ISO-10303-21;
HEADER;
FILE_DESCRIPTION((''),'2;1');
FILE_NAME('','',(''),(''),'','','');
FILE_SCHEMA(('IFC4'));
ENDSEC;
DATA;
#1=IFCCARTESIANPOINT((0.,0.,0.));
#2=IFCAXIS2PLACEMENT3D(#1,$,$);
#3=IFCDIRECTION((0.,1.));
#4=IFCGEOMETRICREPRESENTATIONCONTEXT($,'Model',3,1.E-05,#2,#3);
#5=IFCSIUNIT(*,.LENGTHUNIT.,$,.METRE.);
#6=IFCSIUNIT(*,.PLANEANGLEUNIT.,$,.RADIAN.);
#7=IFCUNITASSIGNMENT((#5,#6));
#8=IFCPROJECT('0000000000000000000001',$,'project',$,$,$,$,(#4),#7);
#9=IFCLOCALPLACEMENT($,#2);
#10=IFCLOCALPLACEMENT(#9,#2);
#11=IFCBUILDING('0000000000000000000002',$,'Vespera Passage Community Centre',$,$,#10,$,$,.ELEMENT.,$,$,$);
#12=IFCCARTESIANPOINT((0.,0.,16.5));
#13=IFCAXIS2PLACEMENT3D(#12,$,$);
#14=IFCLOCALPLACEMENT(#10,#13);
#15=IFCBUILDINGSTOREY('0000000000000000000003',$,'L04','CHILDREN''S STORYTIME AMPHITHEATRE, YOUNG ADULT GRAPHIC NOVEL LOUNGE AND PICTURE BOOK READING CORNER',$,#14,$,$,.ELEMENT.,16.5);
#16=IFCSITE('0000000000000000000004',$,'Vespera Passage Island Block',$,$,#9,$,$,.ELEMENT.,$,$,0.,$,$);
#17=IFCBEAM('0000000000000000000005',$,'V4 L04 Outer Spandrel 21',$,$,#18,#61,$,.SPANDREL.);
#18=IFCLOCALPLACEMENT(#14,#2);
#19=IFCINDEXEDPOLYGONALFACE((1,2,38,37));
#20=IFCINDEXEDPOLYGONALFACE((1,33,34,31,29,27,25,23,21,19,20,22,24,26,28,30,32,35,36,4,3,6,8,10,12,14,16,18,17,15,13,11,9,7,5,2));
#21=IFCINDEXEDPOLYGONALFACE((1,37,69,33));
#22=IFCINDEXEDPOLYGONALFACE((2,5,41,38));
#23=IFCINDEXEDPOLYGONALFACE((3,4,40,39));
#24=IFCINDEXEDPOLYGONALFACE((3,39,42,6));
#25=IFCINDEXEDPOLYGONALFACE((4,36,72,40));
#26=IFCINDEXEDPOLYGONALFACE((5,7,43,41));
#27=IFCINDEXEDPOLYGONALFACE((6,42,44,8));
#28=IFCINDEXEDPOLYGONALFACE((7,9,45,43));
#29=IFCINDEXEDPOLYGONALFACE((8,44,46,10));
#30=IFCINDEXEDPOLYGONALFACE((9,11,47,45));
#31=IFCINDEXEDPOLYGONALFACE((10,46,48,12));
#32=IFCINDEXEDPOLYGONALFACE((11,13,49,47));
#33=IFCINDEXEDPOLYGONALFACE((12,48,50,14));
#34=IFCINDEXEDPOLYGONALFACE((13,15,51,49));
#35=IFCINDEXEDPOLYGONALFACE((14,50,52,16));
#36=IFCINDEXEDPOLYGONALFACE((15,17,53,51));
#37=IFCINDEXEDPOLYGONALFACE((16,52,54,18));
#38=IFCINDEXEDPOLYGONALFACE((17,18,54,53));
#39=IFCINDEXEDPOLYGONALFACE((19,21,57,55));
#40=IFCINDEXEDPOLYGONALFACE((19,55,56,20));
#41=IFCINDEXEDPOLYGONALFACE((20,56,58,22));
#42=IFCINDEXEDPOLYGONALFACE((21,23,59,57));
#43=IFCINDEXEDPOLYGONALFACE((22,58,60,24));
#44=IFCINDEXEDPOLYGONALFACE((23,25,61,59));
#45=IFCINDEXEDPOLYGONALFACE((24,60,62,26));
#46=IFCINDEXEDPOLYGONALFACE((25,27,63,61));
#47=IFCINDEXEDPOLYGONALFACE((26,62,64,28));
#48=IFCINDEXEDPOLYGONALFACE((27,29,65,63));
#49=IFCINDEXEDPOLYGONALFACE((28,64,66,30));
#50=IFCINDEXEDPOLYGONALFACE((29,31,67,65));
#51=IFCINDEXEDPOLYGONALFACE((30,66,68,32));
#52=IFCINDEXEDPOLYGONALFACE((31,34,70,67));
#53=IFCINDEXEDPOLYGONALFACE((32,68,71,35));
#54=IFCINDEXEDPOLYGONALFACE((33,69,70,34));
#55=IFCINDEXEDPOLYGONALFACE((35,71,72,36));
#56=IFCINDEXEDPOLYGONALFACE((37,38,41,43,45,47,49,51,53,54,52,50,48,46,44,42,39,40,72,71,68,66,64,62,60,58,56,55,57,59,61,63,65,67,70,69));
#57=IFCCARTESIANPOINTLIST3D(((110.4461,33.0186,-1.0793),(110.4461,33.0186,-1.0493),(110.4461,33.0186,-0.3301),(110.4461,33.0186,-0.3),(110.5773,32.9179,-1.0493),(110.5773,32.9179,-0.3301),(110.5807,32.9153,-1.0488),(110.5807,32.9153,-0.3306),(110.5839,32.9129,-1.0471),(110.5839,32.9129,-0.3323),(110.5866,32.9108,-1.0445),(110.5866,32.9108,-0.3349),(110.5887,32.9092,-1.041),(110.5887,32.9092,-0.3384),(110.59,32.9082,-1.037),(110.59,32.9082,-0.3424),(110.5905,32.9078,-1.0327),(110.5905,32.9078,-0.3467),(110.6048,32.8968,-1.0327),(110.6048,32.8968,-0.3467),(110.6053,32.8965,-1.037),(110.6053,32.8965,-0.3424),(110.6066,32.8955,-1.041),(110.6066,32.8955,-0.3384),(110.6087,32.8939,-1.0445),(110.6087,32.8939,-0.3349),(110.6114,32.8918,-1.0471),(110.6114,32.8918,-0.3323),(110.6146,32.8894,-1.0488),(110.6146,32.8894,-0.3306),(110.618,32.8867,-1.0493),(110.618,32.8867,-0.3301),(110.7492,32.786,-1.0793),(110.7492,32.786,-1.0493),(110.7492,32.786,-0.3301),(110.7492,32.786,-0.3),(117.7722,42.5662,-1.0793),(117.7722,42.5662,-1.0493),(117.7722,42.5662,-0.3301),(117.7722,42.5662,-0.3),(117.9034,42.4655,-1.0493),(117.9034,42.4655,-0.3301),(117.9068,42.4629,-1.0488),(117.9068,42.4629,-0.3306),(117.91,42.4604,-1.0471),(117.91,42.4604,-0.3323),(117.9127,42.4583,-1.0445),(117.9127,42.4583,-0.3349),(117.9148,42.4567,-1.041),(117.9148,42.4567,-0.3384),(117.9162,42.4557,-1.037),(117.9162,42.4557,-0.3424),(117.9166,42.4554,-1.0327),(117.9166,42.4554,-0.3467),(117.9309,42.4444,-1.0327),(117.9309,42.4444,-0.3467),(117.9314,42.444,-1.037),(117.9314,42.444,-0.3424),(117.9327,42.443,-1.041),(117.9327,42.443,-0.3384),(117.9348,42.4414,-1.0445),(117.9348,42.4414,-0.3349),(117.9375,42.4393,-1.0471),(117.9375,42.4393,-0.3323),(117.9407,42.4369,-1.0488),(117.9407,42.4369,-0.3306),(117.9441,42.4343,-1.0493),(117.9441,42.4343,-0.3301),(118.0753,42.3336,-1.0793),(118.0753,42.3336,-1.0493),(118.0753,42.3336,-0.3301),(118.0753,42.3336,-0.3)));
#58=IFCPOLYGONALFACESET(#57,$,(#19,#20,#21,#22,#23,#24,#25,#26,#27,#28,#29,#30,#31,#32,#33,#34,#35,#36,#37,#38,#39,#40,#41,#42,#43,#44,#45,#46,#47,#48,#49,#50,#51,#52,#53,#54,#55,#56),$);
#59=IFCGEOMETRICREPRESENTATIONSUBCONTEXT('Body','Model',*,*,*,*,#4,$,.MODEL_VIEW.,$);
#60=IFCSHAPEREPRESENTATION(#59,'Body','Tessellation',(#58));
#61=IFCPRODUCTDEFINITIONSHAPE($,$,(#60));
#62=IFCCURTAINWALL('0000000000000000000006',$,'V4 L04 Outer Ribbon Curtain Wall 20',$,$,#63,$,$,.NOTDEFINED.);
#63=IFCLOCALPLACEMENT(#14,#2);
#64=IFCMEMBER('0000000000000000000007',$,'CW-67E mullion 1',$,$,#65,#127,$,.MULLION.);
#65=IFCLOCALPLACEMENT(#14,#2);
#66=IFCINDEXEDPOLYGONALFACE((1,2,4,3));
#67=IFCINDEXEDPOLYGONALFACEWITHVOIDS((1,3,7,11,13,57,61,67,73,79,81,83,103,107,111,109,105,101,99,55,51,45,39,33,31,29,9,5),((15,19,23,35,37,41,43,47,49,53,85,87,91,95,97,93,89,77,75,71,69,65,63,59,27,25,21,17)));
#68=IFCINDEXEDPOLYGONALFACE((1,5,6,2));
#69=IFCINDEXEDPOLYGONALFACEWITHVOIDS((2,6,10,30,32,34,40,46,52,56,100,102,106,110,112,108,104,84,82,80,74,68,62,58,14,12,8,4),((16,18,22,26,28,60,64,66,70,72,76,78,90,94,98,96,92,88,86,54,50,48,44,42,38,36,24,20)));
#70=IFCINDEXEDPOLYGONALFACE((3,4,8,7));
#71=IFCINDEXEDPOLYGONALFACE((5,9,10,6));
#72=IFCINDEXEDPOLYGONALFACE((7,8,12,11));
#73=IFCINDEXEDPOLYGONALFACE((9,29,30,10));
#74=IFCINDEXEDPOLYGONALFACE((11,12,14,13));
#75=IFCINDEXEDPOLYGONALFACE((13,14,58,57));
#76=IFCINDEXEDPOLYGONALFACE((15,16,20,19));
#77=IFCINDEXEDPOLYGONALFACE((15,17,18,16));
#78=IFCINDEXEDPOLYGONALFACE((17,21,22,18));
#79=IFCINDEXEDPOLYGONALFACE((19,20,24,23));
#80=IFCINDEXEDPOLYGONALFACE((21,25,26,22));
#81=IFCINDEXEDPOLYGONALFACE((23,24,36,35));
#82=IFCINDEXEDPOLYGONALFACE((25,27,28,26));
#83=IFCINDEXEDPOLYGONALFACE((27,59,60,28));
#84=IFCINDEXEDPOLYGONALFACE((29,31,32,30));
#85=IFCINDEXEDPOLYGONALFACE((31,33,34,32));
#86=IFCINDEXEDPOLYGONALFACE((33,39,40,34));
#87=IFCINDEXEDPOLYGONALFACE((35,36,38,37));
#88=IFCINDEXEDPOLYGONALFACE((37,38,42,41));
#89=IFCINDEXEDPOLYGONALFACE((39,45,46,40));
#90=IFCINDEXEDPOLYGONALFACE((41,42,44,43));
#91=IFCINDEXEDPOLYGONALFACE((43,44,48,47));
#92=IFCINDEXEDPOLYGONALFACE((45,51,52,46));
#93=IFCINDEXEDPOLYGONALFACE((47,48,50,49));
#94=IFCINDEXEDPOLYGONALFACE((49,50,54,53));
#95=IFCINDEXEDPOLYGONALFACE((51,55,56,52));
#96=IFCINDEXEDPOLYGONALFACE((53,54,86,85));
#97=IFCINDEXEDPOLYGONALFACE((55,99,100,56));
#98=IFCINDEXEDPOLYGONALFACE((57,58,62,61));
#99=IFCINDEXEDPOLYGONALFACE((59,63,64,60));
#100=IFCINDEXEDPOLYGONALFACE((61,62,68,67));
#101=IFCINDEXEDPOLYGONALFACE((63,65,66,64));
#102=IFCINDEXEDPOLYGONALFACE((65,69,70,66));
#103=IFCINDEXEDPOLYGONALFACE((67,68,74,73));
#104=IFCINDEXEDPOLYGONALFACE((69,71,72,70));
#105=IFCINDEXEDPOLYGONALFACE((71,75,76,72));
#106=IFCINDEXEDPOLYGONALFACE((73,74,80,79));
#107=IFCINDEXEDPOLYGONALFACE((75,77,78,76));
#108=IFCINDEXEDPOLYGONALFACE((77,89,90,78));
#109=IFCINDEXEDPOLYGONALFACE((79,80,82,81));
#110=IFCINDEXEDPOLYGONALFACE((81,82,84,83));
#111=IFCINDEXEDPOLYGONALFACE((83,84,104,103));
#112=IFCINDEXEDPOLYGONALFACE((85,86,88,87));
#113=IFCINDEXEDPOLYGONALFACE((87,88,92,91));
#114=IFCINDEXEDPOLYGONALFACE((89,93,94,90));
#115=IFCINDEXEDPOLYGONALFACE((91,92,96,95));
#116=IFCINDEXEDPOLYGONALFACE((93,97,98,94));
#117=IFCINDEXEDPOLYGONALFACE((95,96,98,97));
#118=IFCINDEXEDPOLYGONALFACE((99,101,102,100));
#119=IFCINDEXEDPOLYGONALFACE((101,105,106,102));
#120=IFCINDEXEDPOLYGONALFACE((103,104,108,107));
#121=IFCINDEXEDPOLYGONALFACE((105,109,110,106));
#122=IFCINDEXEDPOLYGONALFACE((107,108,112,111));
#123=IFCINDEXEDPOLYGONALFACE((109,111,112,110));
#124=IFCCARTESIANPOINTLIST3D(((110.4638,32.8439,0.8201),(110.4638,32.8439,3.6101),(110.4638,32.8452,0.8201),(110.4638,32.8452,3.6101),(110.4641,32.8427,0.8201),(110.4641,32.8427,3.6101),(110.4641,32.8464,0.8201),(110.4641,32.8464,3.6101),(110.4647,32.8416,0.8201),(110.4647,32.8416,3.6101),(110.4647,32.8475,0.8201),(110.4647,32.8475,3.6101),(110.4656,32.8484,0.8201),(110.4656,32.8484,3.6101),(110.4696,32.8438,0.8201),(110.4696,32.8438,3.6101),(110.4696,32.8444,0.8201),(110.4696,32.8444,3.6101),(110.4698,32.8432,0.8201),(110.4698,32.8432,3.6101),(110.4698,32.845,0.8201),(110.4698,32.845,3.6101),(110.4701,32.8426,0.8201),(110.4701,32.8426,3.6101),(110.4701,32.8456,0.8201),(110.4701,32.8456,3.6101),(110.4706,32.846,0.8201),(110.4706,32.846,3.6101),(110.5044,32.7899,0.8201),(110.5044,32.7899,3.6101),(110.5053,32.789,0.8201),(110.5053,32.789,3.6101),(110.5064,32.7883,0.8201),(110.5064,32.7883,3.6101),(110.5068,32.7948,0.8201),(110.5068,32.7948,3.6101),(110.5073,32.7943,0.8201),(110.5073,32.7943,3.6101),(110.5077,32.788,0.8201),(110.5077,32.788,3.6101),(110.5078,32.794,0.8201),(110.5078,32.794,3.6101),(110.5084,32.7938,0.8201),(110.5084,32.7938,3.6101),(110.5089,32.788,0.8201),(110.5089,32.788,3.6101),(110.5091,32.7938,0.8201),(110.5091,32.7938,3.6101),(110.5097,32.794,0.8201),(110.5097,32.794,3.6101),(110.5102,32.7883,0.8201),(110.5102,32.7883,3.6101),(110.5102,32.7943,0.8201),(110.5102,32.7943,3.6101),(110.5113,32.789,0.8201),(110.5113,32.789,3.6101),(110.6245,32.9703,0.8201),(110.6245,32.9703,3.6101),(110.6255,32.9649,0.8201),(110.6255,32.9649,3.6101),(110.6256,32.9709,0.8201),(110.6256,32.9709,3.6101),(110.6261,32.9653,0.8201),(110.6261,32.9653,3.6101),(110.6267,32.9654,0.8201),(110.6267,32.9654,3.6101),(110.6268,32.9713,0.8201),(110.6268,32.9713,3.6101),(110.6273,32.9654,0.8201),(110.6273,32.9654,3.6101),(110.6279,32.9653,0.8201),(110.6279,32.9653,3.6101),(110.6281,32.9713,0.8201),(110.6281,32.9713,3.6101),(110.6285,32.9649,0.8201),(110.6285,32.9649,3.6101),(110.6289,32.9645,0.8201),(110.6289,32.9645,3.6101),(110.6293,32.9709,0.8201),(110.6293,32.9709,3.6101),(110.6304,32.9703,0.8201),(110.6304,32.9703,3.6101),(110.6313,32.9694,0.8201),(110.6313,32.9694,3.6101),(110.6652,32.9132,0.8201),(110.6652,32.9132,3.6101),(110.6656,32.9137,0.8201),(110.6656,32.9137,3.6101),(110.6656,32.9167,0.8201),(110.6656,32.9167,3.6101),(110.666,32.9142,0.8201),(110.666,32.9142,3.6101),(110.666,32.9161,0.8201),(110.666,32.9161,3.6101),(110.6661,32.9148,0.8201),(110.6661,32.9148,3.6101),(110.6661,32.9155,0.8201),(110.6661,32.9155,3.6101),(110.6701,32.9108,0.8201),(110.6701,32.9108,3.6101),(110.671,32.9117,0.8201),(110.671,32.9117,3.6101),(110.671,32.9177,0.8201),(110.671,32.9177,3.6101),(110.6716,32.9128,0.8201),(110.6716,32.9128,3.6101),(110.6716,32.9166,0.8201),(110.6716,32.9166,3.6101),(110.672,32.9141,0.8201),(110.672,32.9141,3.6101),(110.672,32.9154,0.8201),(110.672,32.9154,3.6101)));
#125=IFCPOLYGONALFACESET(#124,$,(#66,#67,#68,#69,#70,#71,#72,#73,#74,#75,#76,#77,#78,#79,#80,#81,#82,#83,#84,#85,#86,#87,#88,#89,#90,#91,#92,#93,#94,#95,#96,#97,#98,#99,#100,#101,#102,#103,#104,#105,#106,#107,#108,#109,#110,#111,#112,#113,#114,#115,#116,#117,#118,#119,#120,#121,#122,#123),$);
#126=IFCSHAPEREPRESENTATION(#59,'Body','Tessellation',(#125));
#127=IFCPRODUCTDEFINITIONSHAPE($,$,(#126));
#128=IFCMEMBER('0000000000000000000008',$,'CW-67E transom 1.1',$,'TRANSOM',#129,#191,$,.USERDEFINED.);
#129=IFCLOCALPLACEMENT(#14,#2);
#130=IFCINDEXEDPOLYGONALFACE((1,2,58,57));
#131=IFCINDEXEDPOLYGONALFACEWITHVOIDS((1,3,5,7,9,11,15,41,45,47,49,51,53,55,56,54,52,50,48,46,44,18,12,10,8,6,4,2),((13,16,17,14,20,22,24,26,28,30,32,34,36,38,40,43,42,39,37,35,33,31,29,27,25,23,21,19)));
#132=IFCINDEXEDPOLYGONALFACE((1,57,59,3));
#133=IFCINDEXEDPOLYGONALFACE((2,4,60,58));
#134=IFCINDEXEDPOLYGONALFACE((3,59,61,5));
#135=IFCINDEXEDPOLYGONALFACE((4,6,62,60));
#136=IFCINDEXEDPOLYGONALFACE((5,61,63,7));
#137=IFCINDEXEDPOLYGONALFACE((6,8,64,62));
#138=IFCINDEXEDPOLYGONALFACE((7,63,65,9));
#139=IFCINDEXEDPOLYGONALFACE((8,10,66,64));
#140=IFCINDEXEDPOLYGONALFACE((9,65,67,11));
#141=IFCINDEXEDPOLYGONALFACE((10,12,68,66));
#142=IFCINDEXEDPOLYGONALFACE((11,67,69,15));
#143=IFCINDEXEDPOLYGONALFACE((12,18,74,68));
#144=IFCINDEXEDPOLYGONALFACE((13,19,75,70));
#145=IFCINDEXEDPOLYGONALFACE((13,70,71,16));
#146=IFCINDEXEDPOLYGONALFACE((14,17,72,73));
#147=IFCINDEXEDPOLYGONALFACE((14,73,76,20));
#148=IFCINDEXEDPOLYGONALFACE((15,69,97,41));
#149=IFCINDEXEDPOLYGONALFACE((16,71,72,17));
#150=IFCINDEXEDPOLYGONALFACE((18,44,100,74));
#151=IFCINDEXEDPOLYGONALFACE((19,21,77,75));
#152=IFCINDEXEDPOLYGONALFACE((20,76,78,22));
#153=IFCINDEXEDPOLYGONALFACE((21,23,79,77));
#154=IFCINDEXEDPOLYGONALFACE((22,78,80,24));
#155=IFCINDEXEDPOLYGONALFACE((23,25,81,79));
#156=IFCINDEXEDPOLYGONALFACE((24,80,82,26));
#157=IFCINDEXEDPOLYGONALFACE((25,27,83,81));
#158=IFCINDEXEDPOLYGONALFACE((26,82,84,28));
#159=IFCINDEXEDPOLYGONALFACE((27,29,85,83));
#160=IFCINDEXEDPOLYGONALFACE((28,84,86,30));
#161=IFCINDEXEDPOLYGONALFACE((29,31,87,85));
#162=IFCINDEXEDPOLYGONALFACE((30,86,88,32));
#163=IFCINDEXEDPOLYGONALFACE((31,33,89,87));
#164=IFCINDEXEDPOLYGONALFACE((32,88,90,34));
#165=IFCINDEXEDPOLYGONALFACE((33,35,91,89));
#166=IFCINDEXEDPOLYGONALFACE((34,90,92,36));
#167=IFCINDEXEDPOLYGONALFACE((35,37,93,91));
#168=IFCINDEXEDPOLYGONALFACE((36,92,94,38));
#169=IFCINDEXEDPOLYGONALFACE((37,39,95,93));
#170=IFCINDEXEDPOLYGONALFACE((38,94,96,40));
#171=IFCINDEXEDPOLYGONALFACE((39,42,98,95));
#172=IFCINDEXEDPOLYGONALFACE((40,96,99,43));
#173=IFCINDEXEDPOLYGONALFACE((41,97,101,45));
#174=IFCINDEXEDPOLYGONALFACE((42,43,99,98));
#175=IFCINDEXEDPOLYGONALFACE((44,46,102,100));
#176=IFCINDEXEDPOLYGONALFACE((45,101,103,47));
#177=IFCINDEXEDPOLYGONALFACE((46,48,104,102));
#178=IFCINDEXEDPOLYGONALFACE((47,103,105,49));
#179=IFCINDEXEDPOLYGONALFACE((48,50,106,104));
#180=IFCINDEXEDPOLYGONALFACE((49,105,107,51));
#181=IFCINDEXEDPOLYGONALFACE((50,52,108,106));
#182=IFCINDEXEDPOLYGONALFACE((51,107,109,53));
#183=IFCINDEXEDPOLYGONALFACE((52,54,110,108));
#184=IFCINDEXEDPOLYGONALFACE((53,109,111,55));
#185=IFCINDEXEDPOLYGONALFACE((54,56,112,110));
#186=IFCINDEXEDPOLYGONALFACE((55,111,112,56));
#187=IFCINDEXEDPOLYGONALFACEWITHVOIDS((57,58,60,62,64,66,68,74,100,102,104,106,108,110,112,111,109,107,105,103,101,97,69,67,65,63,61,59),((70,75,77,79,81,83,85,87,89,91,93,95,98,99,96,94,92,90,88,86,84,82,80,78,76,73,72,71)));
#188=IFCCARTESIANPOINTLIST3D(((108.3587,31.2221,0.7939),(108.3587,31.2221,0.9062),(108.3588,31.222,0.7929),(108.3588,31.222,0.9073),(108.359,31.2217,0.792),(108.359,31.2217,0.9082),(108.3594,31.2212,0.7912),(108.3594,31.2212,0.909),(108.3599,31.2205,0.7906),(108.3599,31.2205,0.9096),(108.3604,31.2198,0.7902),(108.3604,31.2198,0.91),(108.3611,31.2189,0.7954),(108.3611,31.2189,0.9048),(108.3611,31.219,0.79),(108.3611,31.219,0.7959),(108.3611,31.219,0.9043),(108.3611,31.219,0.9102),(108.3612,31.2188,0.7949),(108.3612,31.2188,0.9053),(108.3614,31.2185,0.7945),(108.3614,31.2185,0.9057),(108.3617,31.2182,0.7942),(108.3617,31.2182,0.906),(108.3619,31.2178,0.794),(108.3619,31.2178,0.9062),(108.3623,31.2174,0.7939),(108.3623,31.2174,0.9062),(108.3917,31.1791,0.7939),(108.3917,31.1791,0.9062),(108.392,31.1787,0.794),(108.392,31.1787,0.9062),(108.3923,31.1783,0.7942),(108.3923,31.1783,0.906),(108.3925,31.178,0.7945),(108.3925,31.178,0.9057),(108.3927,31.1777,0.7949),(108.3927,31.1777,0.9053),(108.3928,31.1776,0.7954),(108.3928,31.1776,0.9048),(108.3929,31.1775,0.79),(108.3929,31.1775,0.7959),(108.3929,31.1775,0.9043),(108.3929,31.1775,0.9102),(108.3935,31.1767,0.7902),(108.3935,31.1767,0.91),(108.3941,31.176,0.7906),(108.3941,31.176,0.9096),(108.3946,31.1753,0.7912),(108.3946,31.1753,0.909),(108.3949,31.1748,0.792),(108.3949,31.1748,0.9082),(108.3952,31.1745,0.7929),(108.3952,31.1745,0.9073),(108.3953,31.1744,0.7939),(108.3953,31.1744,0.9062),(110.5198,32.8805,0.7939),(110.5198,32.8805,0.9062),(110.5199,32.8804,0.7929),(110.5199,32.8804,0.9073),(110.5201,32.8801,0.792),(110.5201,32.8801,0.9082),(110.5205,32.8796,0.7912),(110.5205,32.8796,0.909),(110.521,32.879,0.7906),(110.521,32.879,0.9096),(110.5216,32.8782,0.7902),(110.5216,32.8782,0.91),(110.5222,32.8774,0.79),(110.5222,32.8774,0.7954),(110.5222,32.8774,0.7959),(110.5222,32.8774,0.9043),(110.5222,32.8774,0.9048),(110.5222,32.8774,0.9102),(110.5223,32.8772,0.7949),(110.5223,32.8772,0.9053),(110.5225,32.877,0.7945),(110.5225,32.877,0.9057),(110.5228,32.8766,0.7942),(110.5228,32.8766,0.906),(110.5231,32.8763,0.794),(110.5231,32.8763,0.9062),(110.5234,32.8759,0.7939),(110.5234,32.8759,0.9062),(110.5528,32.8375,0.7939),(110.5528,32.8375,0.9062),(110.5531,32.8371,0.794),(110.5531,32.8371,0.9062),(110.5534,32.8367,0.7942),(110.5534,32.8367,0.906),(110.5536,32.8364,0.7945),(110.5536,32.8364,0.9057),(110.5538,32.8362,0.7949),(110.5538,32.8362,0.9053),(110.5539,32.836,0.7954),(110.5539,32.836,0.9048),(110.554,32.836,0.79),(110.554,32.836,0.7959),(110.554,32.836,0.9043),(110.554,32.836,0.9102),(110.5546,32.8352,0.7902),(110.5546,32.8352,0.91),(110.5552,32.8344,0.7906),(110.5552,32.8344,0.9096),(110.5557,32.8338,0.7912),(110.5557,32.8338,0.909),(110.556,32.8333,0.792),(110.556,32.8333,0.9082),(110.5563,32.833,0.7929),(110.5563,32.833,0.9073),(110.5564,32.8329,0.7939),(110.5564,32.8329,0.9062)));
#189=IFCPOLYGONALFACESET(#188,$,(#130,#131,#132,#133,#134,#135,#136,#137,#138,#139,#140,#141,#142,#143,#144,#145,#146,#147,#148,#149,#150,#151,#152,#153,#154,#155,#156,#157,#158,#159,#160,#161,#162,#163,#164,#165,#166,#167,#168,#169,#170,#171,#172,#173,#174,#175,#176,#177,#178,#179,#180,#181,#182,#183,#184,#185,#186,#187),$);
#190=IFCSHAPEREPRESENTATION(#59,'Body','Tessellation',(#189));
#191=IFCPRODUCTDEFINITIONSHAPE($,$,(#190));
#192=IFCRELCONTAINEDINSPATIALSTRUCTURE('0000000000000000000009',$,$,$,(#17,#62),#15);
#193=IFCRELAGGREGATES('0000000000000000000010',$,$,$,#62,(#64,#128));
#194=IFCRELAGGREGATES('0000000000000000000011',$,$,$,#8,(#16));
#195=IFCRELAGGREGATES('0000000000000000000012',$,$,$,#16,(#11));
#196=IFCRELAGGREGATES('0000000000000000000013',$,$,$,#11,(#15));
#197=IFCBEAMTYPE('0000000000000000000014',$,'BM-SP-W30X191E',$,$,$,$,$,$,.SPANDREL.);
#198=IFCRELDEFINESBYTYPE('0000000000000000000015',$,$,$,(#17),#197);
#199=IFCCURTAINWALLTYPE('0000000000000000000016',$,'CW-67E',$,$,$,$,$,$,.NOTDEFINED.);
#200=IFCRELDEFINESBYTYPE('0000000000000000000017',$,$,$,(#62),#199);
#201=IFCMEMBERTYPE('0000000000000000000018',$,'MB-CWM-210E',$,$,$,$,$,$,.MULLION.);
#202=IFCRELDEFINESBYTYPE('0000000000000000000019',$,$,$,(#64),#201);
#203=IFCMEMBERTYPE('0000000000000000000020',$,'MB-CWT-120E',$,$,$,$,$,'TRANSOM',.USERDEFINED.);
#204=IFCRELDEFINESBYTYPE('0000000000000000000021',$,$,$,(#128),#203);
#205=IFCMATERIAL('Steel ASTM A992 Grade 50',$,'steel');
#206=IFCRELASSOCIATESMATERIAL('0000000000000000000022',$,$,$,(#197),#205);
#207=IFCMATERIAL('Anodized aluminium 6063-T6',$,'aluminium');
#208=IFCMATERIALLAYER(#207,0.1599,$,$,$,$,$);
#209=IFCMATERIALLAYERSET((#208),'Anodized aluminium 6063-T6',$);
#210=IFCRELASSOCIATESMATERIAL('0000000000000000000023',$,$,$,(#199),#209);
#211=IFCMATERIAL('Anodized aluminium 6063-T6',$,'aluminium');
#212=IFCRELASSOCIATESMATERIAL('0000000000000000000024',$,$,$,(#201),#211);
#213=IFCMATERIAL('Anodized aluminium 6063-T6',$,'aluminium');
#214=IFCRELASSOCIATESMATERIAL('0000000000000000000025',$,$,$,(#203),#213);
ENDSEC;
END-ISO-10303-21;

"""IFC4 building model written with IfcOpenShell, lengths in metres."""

from ifc_helpers import new_model, si_unit, direction, frame, origin, origin_2d, place, context, subcontext, project, spatial, hollow_rectangle, i_section, extrude, material, layer, layer_set, material_profile, profile_set, type_object, element, aggregate, save


model = new_model("IFC4")

# Units and contexts
model_context = context("Model", 3, precision=1e-05, world=origin(), true_north=direction((0.0, 1.0)))
body_context = subcontext(model_context, "Body", "Model", "MODEL_VIEW")
ifc_project = project(units=[si_unit("LENGTHUNIT", "METRE"), si_unit("PLANEANGLEUNIT", "RADIAN")], contexts=[model_context])

# Site, building, storey
site_placement = place(None, origin())
site = spatial("IfcSite", under=ifc_project, at=site_placement, Name="Vespera Passage Island Block", CompositionType="ELEMENT", RefElevation=0.0)
building_placement = place(site_placement, origin())
building = spatial("IfcBuilding", under=site, at=building_placement, Name="Vespera Passage Community Centre", CompositionType="ELEMENT")
storey_placement = place(building_placement, frame((0.0, 0.0, 16.5)))
storey = spatial("IfcBuildingStorey", under=building, at=storey_placement, Name="L04", Description="CHILDREN'S STORYTIME AMPHITHEATRE, YOUNG ADULT GRAPHIC NOVEL LOUNGE AND PICTURE BOOK READING CORNER", CompositionType="ELEMENT", Elevation=16.5)

# Beam
ifc_material_1 = material(Name="Steel ASTM A992 Grade 50", Category="steel")
ifc_material_profile_1 = material_profile(ifc_material_1, i_section(OverallWidth=0.3821, OverallDepth=0.7793, WebThickness=0.0181, FlangeThickness=0.03, FilletRadius=0.0166, at=origin_2d()), Name="W30X191")
ifc_profile_set_1 = profile_set([ifc_material_profile_1], Name="Steel ASTM A992 Grade 50")
beam_type_1 = type_object("IfcBeamType", Name="BM-SP-W30X191E", PredefinedType="SPANDREL", material=ifc_profile_set_1)
beam_1_placement = place(storey_placement, frame((110.5977, 32.9023, -0.6897), z_axis=(0.608763, 0.793352, 0.0), x_axis=(-0.793352, 0.608763, 0.0)))
element("IfcBeam", 1, at=beam_1_placement, inside=storey, type_object=beam_type_1, Name="V4 L04 Outer Spandrel 21", PredefinedType="SPANDREL", context=body_context, shape_type="SweptSolid", body=[
    extrude(i_section(OverallWidth=0.3821, OverallDepth=0.7793, WebThickness=0.0181, FlangeThickness=0.03, FilletRadius=0.0166, at=origin_2d()), origin(), (0.0, 0.0, 1.0), 12.0344),
])

# Curtain wall, members
ifc_material_2 = material(Name="Anodized aluminium 6063-T6", Category="aluminium")
ifc_layer_1 = layer(ifc_material_2, 0.1599)
ifc_layer_set_1 = layer_set([ifc_layer_1], Name="Anodized aluminium 6063-T6")
curtain_wall_type = type_object("IfcCurtainWallType", Name="CW-67E", PredefinedType="NOTDEFINED", material=ifc_layer_set_1)
curtain_wall_placement = place(storey_placement, origin())
curtain_wall = element("IfcCurtainWall", 2, at=curtain_wall_placement, inside=storey, type_object=curtain_wall_type, Name="V4 L04 Outer Ribbon Curtain Wall 20", PredefinedType="NOTDEFINED")
ifc_material_3 = material(Name="Anodized aluminium 6063-T6", Category="aluminium")
ifc_material_profile_2 = material_profile(ifc_material_3, hollow_rectangle(XDim=0.075, YDim=0.21, WallThickness=0.0049, InnerFilletRadius=0.0024, OuterFilletRadius=0.0049, at=origin_2d()), Name="ALU210X75X5")
ifc_profile_set_2 = profile_set([ifc_material_profile_2], Name="Anodized aluminium 6063-T6")
member_type_1 = type_object("IfcMemberType", Name="MB-CWM-210E", PredefinedType="MULLION", material=ifc_profile_set_2)
member_1_placement = place(storey_placement, frame((110.5679, 32.8796, 0.8201), z_axis=(0.0, 0.0, 1.0), x_axis=(0.608768, -0.793348, 0.0)))
member_1 = element("IfcMember", 3, at=member_1_placement, type_object=member_type_1, Name="CW-67E mullion 1", PredefinedType="MULLION", context=body_context, shape_type="SweptSolid", body=[
    extrude(hollow_rectangle(XDim=0.075, YDim=0.21, WallThickness=0.0049, InnerFilletRadius=0.0024, OuterFilletRadius=0.0049, at=origin_2d()), origin(), (0.0, 0.0, 1.0), 2.79),
])
ifc_material_4 = material(Name="Anodized aluminium 6063-T6", Category="aluminium")
ifc_material_profile_3 = material_profile(ifc_material_4, hollow_rectangle(XDim=0.0601, YDim=0.1201, WallThickness=0.0039, InnerFilletRadius=0.002, OuterFilletRadius=0.0039, at=origin_2d()), Name="ALU120X60X4")
ifc_profile_set_3 = profile_set([ifc_material_profile_3], Name="Anodized aluminium 6063-T6")
member_type_2 = type_object("IfcMemberType", Name="MB-CWT-120E", ElementType="TRANSOM", PredefinedType="USERDEFINED", material=ifc_profile_set_3)
member_2_placement = place(storey_placement, frame((110.5381, 32.8567, 0.8501), z_axis=(-0.793326, -0.608796, 0.0), x_axis=(0.608796, -0.793326, 0.0)))
member_2 = element("IfcMember", 4, at=member_2_placement, type_object=member_type_2, Name="CW-67E transom 1.1", ObjectType="TRANSOM", PredefinedType="USERDEFINED", context=body_context, shape_type="SweptSolid", body=[
    extrude(hollow_rectangle(XDim=0.0601, YDim=0.1201, WallThickness=0.0039, InnerFilletRadius=0.002, OuterFilletRadius=0.0039, at=origin_2d()), origin(), (0.0, 0.0, 1.0), 2.7241),
])
aggregate(curtain_wall, [member_1, member_2])

save(model, "model.ifc")
